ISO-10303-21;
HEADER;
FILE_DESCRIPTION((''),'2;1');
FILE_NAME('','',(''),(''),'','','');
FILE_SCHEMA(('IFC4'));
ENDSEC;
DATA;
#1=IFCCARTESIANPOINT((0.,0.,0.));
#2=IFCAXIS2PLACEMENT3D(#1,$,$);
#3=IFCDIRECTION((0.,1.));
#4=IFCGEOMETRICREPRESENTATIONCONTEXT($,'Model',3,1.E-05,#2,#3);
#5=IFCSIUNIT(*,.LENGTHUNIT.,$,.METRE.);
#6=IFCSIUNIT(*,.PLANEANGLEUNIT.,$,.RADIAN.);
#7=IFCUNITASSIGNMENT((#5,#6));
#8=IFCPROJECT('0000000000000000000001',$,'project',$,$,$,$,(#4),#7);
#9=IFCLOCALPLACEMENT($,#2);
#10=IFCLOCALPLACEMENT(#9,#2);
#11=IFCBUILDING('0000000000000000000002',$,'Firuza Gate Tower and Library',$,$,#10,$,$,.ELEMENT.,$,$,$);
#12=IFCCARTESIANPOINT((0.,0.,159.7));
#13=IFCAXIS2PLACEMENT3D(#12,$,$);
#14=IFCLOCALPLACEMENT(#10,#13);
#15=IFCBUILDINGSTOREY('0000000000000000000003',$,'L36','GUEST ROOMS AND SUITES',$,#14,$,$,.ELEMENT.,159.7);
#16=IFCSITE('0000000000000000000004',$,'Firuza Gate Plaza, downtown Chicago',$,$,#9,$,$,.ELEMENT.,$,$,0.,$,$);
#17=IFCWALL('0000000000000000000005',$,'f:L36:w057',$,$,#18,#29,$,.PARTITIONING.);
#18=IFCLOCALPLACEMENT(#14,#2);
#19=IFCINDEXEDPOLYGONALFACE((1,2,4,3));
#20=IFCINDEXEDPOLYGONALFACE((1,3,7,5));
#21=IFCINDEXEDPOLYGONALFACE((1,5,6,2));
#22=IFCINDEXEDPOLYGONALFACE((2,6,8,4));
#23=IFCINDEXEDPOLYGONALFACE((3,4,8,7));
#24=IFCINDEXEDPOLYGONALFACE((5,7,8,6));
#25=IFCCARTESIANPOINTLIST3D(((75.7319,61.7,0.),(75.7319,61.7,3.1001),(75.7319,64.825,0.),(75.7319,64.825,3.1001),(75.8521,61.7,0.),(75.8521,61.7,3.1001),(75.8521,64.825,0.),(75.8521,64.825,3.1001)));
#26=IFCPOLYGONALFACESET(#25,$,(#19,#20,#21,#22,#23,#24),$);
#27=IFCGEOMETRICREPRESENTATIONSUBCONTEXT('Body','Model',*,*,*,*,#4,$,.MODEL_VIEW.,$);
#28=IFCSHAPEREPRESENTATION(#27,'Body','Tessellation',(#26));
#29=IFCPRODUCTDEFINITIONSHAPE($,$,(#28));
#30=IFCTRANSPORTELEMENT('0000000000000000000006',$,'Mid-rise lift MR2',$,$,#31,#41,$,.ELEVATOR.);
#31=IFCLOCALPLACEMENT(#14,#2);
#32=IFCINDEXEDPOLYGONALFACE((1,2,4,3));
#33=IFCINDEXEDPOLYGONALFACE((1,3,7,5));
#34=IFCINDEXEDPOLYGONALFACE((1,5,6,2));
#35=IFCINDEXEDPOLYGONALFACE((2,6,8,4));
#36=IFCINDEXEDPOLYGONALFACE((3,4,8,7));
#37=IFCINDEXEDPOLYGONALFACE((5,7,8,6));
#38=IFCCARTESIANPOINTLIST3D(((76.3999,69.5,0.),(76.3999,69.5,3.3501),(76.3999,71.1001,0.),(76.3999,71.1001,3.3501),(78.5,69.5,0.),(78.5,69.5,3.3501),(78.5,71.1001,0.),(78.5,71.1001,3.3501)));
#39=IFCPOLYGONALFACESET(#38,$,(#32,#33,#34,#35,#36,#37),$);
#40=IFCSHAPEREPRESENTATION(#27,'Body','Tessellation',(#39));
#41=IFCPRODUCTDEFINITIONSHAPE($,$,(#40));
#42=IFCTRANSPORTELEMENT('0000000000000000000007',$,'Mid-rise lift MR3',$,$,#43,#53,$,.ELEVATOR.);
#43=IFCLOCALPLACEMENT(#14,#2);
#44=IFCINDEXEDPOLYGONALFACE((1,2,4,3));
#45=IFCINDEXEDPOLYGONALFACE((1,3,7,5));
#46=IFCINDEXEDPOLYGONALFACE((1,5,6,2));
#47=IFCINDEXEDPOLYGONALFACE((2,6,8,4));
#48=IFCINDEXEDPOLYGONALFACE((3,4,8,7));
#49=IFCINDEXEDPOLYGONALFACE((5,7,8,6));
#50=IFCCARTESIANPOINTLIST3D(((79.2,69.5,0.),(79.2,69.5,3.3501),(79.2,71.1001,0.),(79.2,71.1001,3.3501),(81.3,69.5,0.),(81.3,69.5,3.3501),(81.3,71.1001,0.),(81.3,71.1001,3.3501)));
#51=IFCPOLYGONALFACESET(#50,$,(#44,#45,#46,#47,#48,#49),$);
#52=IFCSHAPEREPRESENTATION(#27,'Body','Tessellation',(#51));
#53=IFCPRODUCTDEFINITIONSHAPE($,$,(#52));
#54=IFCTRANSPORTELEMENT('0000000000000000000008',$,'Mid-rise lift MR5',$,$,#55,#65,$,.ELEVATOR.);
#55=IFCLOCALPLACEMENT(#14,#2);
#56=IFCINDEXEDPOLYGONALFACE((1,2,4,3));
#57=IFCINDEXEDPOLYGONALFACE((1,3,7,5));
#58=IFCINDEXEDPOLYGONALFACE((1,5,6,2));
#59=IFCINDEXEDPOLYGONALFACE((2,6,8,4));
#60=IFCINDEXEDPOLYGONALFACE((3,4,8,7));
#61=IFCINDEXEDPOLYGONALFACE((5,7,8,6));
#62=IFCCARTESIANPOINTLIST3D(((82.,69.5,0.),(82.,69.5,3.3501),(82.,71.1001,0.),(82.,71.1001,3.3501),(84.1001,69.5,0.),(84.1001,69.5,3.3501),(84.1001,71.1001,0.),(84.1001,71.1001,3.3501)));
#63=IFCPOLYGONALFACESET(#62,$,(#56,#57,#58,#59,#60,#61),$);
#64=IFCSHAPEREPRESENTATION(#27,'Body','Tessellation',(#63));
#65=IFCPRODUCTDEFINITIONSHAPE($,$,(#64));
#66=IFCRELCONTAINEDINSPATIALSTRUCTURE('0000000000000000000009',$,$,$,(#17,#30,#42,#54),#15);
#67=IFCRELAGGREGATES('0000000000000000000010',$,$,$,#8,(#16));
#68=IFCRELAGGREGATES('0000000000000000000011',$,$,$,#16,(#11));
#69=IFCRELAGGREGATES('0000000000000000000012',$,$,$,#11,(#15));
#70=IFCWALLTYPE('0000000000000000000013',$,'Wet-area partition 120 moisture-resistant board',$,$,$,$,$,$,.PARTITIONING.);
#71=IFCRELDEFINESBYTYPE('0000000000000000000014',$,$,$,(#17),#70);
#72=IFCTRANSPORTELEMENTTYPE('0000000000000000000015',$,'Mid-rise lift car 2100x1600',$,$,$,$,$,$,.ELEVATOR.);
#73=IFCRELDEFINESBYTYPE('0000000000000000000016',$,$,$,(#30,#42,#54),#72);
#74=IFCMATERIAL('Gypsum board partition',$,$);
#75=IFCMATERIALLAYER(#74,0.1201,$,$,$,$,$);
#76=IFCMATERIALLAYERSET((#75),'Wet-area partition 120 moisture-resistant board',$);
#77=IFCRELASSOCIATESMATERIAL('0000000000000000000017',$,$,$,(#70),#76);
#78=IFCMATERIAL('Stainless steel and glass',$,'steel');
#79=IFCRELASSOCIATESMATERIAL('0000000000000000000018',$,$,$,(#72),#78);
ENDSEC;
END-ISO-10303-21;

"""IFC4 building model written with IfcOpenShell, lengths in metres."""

from ifc_helpers import new_model, si_unit, direction, frame, frame_2d, origin, origin_2d, place, context, subcontext, project, spatial, rectangle, extrude, material, layer, layer_set, type_object, element, save


model = new_model("IFC4")

# Units and contexts
model_context = context("Model", 3, precision=1e-05, world=origin(), true_north=direction((0.0, 1.0)))
body_context = subcontext(model_context, "Body", "Model", "MODEL_VIEW")
ifc_project = project(units=[si_unit("LENGTHUNIT", "METRE"), si_unit("PLANEANGLEUNIT", "RADIAN")], contexts=[model_context])

# Site, building, storey
site_placement = place(None, origin())
site = spatial("IfcSite", under=ifc_project, at=site_placement, Name="Firuza Gate Plaza, downtown Chicago", CompositionType="ELEMENT", RefElevation=0.0)
building_placement = place(site_placement, origin())
building = spatial("IfcBuilding", under=site, at=building_placement, Name="Firuza Gate Tower and Library", CompositionType="ELEMENT")
storey_placement = place(building_placement, frame((0.0, 0.0, 159.7)))
storey = spatial("IfcBuildingStorey", under=building, at=storey_placement, Name="L36", Description="GUEST ROOMS AND SUITES", CompositionType="ELEMENT", Elevation=159.7)

# Shared definitions
ifc_material_1 = material(Name="Gypsum board partition")
ifc_layer_1 = layer(ifc_material_1, 0.1201)
ifc_layer_set_1 = layer_set([ifc_layer_1], Name="Wet-area partition 120 moisture-resistant board")
wall_type_1 = type_object("IfcWallType", Name="Wet-area partition 120 moisture-resistant board", PredefinedType="PARTITIONING", material=ifc_layer_set_1)

# Wall
wall_1_placement = place(storey_placement, frame((75.792, 61.7, 0.0), z_axis=(0.0, 0.0, 1.0), x_axis=(0.0, 1.0, 0.0)))
element("IfcWall", 1, at=wall_1_placement, inside=storey, type_object=wall_type_1, Name="f:L36:w057", PredefinedType="PARTITIONING", context=body_context, shape_type="SweptSolid", body=[
    extrude(rectangle(XDim=3.125, YDim=0.1201, at=frame_2d((1.5625, 0.0))), origin(), (0.0, 0.0, 1.0), 3.1001),
])

# Transport elements
ifc_material_2 = material(Name="Stainless steel and glass", Category="steel")
transport_element_type = type_object("IfcTransportElementType", Name="Mid-rise lift car 2100x1600", PredefinedType="ELEVATOR", material=ifc_material_2)
for number, where, z_axis, x_axis, name in (
    (2, (77.45, 70.3, 0.0), (0.0, 0.0, 1.0), (1.0, 0.0, 0.0), "Mid-rise lift MR2"),
    (3, (80.25, 70.3, 0.0), (0.0, 0.0, 1.0), (1.0, 0.0, 0.0), "Mid-rise lift MR3"),
    (4, (83.05, 70.3, 0.0), (0.0, 0.0, 1.0), (1.0, 0.0, 0.0), "Mid-rise lift MR5"),
):
    element("IfcTransportElement", number, at=place(storey_placement, frame(where, z_axis=z_axis, x_axis=x_axis)), inside=storey, type_object=transport_element_type, Name=name, PredefinedType="ELEVATOR", context=body_context, shape_type="SweptSolid", body=[
        extrude(rectangle(XDim=2.1001, YDim=1.6001, at=origin_2d()), origin(), (0.0, 0.0, 1.0), 3.3501),
    ])

save(model, "model.ifc")
